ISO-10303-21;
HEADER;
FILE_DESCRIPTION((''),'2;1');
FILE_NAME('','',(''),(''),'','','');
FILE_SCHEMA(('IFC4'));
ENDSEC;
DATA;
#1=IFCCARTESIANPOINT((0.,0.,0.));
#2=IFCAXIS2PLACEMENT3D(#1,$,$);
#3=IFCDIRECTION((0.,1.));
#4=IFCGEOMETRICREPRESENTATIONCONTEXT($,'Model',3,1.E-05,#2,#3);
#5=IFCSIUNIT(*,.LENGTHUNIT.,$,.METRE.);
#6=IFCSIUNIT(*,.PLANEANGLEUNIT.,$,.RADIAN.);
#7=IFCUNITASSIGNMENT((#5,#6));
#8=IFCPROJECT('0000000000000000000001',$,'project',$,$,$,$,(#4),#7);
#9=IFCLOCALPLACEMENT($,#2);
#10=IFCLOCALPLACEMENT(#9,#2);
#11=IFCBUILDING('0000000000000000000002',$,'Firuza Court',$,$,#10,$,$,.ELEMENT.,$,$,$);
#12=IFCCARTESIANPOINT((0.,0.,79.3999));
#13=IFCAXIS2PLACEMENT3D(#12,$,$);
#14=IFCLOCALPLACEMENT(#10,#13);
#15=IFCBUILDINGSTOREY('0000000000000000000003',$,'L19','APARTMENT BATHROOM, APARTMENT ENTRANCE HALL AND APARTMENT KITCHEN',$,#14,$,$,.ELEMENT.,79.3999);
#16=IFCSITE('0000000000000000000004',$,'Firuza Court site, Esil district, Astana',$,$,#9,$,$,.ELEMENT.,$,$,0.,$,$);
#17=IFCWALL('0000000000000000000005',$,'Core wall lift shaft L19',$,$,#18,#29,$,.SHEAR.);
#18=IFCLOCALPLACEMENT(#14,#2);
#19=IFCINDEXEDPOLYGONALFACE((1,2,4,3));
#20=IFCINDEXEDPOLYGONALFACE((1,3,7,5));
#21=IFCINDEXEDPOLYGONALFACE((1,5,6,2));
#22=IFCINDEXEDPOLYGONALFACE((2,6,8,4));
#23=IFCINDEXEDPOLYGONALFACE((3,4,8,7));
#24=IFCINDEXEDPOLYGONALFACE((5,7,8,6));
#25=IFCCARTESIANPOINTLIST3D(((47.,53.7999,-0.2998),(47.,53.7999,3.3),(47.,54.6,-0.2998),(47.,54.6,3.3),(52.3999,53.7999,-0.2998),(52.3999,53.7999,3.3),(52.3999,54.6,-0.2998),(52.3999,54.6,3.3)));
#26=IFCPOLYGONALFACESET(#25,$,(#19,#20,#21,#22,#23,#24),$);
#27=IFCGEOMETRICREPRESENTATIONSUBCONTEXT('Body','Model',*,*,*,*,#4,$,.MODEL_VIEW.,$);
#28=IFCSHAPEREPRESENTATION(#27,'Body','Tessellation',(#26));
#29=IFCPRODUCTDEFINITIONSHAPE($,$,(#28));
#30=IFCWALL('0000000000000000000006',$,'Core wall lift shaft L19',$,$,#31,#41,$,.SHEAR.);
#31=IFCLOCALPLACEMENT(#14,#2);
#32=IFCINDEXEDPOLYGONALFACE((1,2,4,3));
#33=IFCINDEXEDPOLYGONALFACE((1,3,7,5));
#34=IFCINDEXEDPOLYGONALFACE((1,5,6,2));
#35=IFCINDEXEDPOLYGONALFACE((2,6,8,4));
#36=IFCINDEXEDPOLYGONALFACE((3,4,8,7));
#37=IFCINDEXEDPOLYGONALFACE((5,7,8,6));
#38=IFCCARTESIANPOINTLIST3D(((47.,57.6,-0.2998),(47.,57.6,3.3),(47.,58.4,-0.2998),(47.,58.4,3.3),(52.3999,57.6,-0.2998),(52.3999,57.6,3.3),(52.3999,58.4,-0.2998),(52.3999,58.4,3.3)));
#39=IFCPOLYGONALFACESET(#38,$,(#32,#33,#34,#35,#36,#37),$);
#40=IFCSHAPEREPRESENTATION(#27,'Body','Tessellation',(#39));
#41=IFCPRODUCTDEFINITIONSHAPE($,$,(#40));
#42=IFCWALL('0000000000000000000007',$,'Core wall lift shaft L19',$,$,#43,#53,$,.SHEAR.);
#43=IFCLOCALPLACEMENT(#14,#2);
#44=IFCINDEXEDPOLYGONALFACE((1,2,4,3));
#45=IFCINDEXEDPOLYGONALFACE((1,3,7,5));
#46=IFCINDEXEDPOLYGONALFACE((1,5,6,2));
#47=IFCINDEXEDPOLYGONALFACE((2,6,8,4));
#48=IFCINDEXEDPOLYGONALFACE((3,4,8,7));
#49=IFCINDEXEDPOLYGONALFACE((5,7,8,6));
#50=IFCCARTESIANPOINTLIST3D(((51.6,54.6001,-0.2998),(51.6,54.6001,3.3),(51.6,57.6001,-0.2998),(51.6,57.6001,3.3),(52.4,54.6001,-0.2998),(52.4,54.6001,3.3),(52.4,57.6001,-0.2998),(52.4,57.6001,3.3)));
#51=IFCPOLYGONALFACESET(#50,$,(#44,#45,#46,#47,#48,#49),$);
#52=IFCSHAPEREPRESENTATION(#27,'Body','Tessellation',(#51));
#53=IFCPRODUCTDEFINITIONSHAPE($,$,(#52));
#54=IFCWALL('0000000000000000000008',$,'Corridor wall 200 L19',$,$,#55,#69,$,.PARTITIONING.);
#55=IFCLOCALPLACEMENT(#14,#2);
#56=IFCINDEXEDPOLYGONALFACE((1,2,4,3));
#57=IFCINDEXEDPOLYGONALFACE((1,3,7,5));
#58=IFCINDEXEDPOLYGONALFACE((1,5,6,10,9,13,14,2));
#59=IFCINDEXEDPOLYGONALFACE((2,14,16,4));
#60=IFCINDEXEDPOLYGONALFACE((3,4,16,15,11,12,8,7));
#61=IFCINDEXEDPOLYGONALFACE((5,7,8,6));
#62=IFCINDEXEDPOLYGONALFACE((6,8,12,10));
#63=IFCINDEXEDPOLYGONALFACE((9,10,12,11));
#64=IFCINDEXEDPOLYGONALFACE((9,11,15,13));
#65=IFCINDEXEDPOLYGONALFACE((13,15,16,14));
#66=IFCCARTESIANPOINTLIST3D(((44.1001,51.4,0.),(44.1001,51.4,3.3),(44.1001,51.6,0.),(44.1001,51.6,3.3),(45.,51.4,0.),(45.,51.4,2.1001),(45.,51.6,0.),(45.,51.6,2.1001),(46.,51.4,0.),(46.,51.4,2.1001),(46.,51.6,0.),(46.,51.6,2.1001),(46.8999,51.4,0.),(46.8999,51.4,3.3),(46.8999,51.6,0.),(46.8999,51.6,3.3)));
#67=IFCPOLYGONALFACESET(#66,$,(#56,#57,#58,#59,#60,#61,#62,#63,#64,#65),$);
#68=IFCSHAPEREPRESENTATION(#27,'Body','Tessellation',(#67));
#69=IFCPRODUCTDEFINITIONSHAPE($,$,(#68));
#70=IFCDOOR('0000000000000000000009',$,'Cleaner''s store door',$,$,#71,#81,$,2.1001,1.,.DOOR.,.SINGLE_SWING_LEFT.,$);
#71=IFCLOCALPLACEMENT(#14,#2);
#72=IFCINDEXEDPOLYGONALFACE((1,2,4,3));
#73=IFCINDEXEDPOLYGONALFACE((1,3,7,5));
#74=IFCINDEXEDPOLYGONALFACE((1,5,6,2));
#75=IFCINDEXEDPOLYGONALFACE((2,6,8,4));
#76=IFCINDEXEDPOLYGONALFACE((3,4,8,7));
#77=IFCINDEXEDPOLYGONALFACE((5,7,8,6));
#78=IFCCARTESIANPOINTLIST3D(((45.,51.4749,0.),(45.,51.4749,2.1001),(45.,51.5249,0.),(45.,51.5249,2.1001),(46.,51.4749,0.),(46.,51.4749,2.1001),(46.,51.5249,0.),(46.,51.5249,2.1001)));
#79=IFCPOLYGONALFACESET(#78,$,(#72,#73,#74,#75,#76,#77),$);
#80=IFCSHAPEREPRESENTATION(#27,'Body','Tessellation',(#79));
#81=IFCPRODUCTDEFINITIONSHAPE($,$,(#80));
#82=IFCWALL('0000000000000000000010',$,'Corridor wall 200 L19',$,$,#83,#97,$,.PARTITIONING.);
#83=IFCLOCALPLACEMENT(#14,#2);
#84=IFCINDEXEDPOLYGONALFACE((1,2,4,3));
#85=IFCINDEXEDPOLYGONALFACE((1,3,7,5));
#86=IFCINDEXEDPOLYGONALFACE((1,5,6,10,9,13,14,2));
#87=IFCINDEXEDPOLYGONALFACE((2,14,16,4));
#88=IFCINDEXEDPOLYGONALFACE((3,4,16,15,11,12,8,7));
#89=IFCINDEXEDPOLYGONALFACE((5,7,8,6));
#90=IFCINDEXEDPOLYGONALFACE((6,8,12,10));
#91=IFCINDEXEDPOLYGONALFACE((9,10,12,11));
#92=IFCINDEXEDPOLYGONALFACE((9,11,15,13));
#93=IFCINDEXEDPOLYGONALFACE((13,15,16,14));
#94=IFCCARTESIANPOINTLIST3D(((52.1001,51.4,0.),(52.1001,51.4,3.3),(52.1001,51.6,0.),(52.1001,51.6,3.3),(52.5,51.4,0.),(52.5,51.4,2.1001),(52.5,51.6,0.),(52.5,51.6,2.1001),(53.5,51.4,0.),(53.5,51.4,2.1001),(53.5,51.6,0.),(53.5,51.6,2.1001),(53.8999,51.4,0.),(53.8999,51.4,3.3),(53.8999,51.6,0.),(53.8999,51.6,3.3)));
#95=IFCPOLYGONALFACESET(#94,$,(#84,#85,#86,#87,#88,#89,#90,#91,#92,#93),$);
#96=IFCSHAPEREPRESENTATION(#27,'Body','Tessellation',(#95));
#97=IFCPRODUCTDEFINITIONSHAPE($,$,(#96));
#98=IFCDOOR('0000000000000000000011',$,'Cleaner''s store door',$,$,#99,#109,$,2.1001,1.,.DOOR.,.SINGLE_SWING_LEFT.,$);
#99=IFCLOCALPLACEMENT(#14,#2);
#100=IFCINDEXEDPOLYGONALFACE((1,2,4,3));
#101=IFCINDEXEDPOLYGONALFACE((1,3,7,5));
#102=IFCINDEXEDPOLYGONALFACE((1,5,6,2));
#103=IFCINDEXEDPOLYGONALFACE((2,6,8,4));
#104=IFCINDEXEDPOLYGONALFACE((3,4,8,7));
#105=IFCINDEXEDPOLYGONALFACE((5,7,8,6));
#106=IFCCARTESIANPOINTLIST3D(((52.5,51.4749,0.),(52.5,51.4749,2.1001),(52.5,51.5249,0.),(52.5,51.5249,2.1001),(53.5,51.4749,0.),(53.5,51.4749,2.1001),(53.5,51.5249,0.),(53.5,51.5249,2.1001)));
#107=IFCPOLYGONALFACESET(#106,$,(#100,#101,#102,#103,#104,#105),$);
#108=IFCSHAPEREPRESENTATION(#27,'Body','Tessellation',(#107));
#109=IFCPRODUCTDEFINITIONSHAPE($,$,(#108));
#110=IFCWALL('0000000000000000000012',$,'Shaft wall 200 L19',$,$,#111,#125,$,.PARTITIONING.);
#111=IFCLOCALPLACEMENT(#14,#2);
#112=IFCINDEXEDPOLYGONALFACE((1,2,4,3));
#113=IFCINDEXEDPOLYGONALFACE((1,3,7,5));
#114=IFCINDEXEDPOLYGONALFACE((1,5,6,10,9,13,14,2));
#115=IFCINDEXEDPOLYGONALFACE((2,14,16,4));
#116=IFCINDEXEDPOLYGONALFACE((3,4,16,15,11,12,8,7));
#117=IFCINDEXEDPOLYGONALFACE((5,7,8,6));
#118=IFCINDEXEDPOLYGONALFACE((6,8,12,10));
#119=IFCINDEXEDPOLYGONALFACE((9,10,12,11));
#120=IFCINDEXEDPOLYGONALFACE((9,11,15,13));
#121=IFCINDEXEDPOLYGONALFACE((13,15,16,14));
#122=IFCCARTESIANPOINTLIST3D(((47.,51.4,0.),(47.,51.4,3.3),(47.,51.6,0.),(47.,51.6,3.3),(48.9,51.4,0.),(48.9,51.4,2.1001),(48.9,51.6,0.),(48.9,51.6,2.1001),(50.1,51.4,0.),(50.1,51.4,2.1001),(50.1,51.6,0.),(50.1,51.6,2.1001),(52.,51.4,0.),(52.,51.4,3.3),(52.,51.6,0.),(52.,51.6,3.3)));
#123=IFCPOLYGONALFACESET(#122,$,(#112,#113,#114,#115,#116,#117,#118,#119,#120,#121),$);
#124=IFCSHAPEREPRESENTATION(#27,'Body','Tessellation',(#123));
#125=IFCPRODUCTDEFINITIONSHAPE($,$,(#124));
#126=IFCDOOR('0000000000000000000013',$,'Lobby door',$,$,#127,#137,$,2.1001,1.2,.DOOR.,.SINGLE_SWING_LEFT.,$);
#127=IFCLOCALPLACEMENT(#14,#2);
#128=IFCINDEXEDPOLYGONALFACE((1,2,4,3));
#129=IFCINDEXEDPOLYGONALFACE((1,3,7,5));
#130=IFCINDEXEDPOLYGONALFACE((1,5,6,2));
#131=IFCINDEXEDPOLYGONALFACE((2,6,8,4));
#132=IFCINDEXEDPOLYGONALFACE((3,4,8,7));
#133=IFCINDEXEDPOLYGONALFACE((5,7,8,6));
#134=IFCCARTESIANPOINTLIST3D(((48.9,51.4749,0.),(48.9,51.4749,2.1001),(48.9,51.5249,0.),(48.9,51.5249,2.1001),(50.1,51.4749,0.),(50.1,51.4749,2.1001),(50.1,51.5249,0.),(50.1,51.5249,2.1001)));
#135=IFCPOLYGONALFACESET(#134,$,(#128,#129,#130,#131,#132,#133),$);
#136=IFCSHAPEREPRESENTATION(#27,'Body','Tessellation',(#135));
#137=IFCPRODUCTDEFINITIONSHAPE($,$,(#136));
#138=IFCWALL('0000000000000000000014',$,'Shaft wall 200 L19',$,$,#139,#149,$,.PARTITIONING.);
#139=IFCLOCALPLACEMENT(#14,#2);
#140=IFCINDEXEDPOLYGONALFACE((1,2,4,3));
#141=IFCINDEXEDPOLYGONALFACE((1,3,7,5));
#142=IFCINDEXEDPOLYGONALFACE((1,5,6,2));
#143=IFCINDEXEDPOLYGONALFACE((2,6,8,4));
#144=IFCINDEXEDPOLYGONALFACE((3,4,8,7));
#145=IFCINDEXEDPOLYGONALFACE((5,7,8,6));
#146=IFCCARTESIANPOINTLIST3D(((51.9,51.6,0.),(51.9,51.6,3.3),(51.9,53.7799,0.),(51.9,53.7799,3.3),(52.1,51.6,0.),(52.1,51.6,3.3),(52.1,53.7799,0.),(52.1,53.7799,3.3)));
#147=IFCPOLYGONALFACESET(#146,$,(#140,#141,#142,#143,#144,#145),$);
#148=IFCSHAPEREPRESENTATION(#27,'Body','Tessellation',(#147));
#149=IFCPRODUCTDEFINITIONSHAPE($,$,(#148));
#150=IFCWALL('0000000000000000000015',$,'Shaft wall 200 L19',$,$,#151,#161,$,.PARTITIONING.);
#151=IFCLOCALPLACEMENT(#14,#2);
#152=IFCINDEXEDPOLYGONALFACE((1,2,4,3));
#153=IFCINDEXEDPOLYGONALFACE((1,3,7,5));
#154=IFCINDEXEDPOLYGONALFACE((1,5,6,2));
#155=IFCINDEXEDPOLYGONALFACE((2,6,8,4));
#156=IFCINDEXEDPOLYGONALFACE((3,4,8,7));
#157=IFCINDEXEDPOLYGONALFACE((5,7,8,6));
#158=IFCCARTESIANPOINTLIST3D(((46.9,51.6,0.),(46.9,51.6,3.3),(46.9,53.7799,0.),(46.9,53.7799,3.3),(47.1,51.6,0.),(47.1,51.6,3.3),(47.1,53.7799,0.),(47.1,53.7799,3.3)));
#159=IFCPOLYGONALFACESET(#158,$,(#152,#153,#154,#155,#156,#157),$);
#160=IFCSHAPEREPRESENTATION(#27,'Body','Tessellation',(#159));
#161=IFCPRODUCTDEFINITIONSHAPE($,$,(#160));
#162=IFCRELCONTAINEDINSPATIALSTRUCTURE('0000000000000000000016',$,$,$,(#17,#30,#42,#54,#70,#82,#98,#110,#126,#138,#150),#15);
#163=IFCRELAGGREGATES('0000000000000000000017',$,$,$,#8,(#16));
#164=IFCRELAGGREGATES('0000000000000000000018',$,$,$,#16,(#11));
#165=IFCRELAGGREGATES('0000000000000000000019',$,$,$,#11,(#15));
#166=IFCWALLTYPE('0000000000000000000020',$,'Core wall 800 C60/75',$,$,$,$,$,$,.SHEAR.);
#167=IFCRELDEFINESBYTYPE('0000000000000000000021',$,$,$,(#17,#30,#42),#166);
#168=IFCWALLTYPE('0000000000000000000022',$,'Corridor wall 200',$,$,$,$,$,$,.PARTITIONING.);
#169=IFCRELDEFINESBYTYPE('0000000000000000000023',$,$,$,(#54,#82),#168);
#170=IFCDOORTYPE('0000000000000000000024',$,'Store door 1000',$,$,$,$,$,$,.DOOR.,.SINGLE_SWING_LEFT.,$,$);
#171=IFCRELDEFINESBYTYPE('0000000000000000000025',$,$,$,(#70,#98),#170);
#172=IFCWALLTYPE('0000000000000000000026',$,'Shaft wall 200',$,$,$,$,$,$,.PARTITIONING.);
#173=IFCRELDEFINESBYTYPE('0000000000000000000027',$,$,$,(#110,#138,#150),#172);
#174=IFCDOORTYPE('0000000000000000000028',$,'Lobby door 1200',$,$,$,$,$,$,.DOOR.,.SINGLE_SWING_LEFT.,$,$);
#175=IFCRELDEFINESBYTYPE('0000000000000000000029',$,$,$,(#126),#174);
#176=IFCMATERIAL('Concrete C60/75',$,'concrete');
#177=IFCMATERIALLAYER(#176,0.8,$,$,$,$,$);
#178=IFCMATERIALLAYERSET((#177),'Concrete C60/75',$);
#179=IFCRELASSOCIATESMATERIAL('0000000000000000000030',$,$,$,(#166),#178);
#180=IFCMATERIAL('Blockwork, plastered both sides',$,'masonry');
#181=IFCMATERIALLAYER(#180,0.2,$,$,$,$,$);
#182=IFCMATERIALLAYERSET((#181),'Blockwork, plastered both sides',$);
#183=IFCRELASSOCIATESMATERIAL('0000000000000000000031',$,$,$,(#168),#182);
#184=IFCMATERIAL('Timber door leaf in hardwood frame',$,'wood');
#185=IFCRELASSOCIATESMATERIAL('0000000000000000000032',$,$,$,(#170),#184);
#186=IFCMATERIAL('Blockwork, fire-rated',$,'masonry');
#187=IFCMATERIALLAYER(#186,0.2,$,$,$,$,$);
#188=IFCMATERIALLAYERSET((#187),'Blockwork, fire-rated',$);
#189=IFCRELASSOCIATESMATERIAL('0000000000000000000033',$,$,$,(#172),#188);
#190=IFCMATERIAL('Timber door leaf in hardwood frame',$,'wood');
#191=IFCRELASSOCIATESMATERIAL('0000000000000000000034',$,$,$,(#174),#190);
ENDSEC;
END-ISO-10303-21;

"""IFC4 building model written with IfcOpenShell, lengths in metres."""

from ifc_helpers import new_model, si_unit, direction, frame, frame_2d, origin, place, context, subcontext, project, spatial, rectangle, extrude, material, layer, layer_set, type_object, element, fill, save


model = new_model("IFC4")

# Units and contexts
model_context = context("Model", 3, precision=1e-05, world=origin(), true_north=direction((0.0, 1.0)))
body_context = subcontext(model_context, "Body", "Model", "MODEL_VIEW")
ifc_project = project(units=[si_unit("LENGTHUNIT", "METRE"), si_unit("PLANEANGLEUNIT", "RADIAN")], contexts=[model_context])

# Site, building, storey
site_placement = place(None, origin())
site = spatial("IfcSite", under=ifc_project, at=site_placement, Name="Firuza Court site, Esil district, Astana", CompositionType="ELEMENT", RefElevation=0.0)
building_placement = place(site_placement, origin())
building = spatial("IfcBuilding", under=site, at=building_placement, Name="Firuza Court", CompositionType="ELEMENT")
storey_placement = place(building_placement, frame((0.0, 0.0, 79.3999)))
storey = spatial("IfcBuildingStorey", under=building, at=storey_placement, Name="L19", Description="APARTMENT BATHROOM, APARTMENT ENTRANCE HALL AND APARTMENT KITCHEN", CompositionType="ELEMENT", Elevation=79.3999)

# Shared definitions
ifc_material_1 = material(Name="Concrete C60/75", Category="concrete")

# Walls
ifc_layer_1 = layer(ifc_material_1, 0.8)
ifc_layer_set_1 = layer_set([ifc_layer_1], Name="Concrete C60/75")
wall_type_1 = type_object("IfcWallType", Name="Core wall 800 C60/75", PredefinedType="SHEAR", material=ifc_layer_set_1)
for number, where, z_axis, x_axis, name in (
    (1, (47.0, 54.2, -0.2998), (0.0, 0.0, 1.0), (1.0, 0.0, 0.0), "Core wall lift shaft L19"),
    (2, (47.0, 58.0, -0.2998), (0.0, 0.0, 1.0), (1.0, 0.0, 0.0), "Core wall lift shaft L19"),
):
    element("IfcWall", number, at=place(storey_placement, frame(where, z_axis=z_axis, x_axis=x_axis)), inside=storey, type_object=wall_type_1, Name=name, PredefinedType="SHEAR", context=body_context, shape_type="SweptSolid", body=[
        extrude(rectangle(XDim=5.3999, YDim=0.8, at=frame_2d((2.7, 0.0))), origin(), (0.0, 0.0, 1.0), 3.5999),
    ])
wall_1_placement = place(storey_placement, frame((52.0, 54.6001, -0.2998), z_axis=(0.0, 0.0, 1.0), x_axis=(0.0, 1.0, 0.0)))
element("IfcWall", 3, at=wall_1_placement, inside=storey, type_object=wall_type_1, Name="Core wall lift shaft L19", PredefinedType="SHEAR", context=body_context, shape_type="SweptSolid", body=[
    extrude(rectangle(XDim=3.0, YDim=0.8, at=frame_2d((1.5, 0.0))), origin(), (0.0, 0.0, 1.0), 3.5999),
])

# Walls, openings, doors
ifc_material_2 = material(Name="Blockwork, plastered both sides", Category="masonry")
ifc_layer_2 = layer(ifc_material_2, 0.2)
ifc_layer_set_2 = layer_set([ifc_layer_2], Name="Blockwork, plastered both sides")
wall_type_2 = type_object("IfcWallType", Name="Corridor wall 200", PredefinedType="PARTITIONING", material=ifc_layer_set_2)
wall_2_placement = place(storey_placement, frame((44.1001, 51.5, 0.0), z_axis=(0.0, 0.0, 1.0), x_axis=(1.0, 0.0, 0.0)))
wall_2 = element("IfcWall", 4, at=wall_2_placement, inside=storey, type_object=wall_type_2, Name="Corridor wall 200 L19", PredefinedType="PARTITIONING", context=body_context, shape_type="SweptSolid", body=[
    extrude(rectangle(XDim=2.7998, YDim=0.2, at=frame_2d((1.3999, 0.0))), origin(), (0.0, 0.0, 1.0), 3.3),
])
opening_1_placement = place(wall_2_placement, frame((0.8999, 0.0, 0.0)))
opening_1 = element("IfcOpeningElement", 5, at=opening_1_placement, cuts=wall_2, PredefinedType="OPENING", context=body_context, shape_type="SweptSolid", body=[
    extrude(rectangle(XDim=1.0, YDim=2.1001, at=frame_2d((0.5, 1.05))), frame((0.0, 0.1118, 0.0), z_axis=(0.0, -1.0, 0.0), x_axis=(1.0, 0.0, 0.0)), (0.0, 0.0, 1.0), 0.2239),
])
ifc_material_3 = material(Name="Timber door leaf in hardwood frame", Category="wood")
door_type_1 = type_object("IfcDoorType", Name="Store door 1000", OperationType="SINGLE_SWING_LEFT", PredefinedType="DOOR", material=ifc_material_3)
door_1_placement = place(opening_1_placement, origin())
door_1 = element("IfcDoor", 6, at=door_1_placement, inside=storey, type_object=door_type_1, Name="Cleaner's store door", OperationType="SINGLE_SWING_LEFT", OverallHeight=2.1001, OverallWidth=1.0, PredefinedType="DOOR", context=body_context, shape_type="SweptSolid", body=[
    extrude(rectangle(XDim=1.0, YDim=2.1001, at=frame_2d((0.5, 1.05))), frame((0.0, 0.0249, 0.0), z_axis=(0.0, -1.0, 0.0), x_axis=(1.0, 0.0, 0.0)), (0.0, 0.0, 1.0), 0.05),
])
fill(opening_1, door_1)
wall_3_placement = place(storey_placement, frame((52.1001, 51.5, 0.0), z_axis=(0.0, 0.0, 1.0), x_axis=(1.0, 0.0, 0.0)))
wall_3 = element("IfcWall", 7, at=wall_3_placement, inside=storey, type_object=wall_type_2, Name="Corridor wall 200 L19", PredefinedType="PARTITIONING", context=body_context, shape_type="SweptSolid", body=[
    extrude(rectangle(XDim=1.7998, YDim=0.2, at=frame_2d((0.8999, 0.0))), origin(), (0.0, 0.0, 1.0), 3.3),
])
opening_2_placement = place(wall_3_placement, frame((0.3999, 0.0, 0.0)))
opening_2 = element("IfcOpeningElement", 8, at=opening_2_placement, cuts=wall_3, PredefinedType="OPENING", context=body_context, shape_type="SweptSolid", body=[
    extrude(rectangle(XDim=1.0, YDim=2.1001, at=frame_2d((0.5, 1.05))), frame((0.0, 0.1118, 0.0), z_axis=(0.0, -1.0, 0.0), x_axis=(1.0, 0.0, 0.0)), (0.0, 0.0, 1.0), 0.2239),
])
door_2_placement = place(opening_2_placement, origin())
door_2 = element("IfcDoor", 9, at=door_2_placement, inside=storey, type_object=door_type_1, Name="Cleaner's store door", OperationType="SINGLE_SWING_LEFT", OverallHeight=2.1001, OverallWidth=1.0, PredefinedType="DOOR", context=body_context, shape_type="SweptSolid", body=[
    extrude(rectangle(XDim=1.0, YDim=2.1001, at=frame_2d((0.5, 1.05))), frame((0.0, 0.0249, 0.0), z_axis=(0.0, -1.0, 0.0), x_axis=(1.0, 0.0, 0.0)), (0.0, 0.0, 1.0), 0.05),
])
fill(opening_2, door_2)
ifc_material_4 = material(Name="Blockwork, fire-rated", Category="masonry")
ifc_layer_3 = layer(ifc_material_4, 0.2)
ifc_layer_set_3 = layer_set([ifc_layer_3], Name="Blockwork, fire-rated")
wall_type_3 = type_object("IfcWallType", Name="Shaft wall 200", PredefinedType="PARTITIONING", material=ifc_layer_set_3)
wall_4_placement = place(storey_placement, frame((47.0, 51.5, 0.0), z_axis=(0.0, 0.0, 1.0), x_axis=(1.0, 0.0, 0.0)))
wall_4 = element("IfcWall", 10, at=wall_4_placement, inside=storey, type_object=wall_type_3, Name="Shaft wall 200 L19", PredefinedType="PARTITIONING", context=body_context, shape_type="SweptSolid", body=[
    extrude(rectangle(XDim=5.0, YDim=0.2, at=frame_2d((2.5, 0.0))), origin(), (0.0, 0.0, 1.0), 3.3),
])
opening_3_placement = place(wall_4_placement, frame((1.8999, 0.0, 0.0)))
opening_3 = element("IfcOpeningElement", 11, at=opening_3_placement, cuts=wall_4, PredefinedType="OPENING", context=body_context, shape_type="SweptSolid", body=[
    extrude(rectangle(XDim=1.2, YDim=2.1001, at=frame_2d((0.6001, 1.05))), frame((0.0, 0.1118, 0.0), z_axis=(0.0, -1.0, 0.0), x_axis=(1.0, 0.0, 0.0)), (0.0, 0.0, 1.0), 0.2239),
])
ifc_material_5 = material(Name="Timber door leaf in hardwood frame", Category="wood")
door_type_2 = type_object("IfcDoorType", Name="Lobby door 1200", OperationType="SINGLE_SWING_LEFT", PredefinedType="DOOR", material=ifc_material_5)
door_3_placement = place(opening_3_placement, origin())
door_3 = element("IfcDoor", 12, at=door_3_placement, inside=storey, type_object=door_type_2, Name="Lobby door", OperationType="SINGLE_SWING_LEFT", OverallHeight=2.1001, OverallWidth=1.2, PredefinedType="DOOR", context=body_context, shape_type="SweptSolid", body=[
    extrude(rectangle(XDim=1.2, YDim=2.1001, at=frame_2d((0.6001, 1.05))), frame((0.0, 0.0249, 0.0), z_axis=(0.0, -1.0, 0.0), x_axis=(1.0, 0.0, 0.0)), (0.0, 0.0, 1.0), 0.05),
])
fill(opening_3, door_3)

# Walls
for number, where, z_axis, x_axis, name in (
    (13, (52.0, 51.6001, 0.0), (0.0, 0.0, 1.0), (0.0, 1.0, 0.0), "Shaft wall 200 L19"),
    (14, (47.0, 51.6001, 0.0), (0.0, 0.0, 1.0), (0.0, 1.0, 0.0), "Shaft wall 200 L19"),
):
    element("IfcWall", number, at=place(storey_placement, frame(where, z_axis=z_axis, x_axis=x_axis)), inside=storey, type_object=wall_type_3, Name=name, PredefinedType="PARTITIONING", context=body_context, shape_type="SweptSolid", body=[
        extrude(rectangle(XDim=2.1799, YDim=0.2, at=frame_2d((1.0898, 0.0))), origin(), (0.0, 0.0, 1.0), 3.3),
    ])

save(model, "model.ifc")
